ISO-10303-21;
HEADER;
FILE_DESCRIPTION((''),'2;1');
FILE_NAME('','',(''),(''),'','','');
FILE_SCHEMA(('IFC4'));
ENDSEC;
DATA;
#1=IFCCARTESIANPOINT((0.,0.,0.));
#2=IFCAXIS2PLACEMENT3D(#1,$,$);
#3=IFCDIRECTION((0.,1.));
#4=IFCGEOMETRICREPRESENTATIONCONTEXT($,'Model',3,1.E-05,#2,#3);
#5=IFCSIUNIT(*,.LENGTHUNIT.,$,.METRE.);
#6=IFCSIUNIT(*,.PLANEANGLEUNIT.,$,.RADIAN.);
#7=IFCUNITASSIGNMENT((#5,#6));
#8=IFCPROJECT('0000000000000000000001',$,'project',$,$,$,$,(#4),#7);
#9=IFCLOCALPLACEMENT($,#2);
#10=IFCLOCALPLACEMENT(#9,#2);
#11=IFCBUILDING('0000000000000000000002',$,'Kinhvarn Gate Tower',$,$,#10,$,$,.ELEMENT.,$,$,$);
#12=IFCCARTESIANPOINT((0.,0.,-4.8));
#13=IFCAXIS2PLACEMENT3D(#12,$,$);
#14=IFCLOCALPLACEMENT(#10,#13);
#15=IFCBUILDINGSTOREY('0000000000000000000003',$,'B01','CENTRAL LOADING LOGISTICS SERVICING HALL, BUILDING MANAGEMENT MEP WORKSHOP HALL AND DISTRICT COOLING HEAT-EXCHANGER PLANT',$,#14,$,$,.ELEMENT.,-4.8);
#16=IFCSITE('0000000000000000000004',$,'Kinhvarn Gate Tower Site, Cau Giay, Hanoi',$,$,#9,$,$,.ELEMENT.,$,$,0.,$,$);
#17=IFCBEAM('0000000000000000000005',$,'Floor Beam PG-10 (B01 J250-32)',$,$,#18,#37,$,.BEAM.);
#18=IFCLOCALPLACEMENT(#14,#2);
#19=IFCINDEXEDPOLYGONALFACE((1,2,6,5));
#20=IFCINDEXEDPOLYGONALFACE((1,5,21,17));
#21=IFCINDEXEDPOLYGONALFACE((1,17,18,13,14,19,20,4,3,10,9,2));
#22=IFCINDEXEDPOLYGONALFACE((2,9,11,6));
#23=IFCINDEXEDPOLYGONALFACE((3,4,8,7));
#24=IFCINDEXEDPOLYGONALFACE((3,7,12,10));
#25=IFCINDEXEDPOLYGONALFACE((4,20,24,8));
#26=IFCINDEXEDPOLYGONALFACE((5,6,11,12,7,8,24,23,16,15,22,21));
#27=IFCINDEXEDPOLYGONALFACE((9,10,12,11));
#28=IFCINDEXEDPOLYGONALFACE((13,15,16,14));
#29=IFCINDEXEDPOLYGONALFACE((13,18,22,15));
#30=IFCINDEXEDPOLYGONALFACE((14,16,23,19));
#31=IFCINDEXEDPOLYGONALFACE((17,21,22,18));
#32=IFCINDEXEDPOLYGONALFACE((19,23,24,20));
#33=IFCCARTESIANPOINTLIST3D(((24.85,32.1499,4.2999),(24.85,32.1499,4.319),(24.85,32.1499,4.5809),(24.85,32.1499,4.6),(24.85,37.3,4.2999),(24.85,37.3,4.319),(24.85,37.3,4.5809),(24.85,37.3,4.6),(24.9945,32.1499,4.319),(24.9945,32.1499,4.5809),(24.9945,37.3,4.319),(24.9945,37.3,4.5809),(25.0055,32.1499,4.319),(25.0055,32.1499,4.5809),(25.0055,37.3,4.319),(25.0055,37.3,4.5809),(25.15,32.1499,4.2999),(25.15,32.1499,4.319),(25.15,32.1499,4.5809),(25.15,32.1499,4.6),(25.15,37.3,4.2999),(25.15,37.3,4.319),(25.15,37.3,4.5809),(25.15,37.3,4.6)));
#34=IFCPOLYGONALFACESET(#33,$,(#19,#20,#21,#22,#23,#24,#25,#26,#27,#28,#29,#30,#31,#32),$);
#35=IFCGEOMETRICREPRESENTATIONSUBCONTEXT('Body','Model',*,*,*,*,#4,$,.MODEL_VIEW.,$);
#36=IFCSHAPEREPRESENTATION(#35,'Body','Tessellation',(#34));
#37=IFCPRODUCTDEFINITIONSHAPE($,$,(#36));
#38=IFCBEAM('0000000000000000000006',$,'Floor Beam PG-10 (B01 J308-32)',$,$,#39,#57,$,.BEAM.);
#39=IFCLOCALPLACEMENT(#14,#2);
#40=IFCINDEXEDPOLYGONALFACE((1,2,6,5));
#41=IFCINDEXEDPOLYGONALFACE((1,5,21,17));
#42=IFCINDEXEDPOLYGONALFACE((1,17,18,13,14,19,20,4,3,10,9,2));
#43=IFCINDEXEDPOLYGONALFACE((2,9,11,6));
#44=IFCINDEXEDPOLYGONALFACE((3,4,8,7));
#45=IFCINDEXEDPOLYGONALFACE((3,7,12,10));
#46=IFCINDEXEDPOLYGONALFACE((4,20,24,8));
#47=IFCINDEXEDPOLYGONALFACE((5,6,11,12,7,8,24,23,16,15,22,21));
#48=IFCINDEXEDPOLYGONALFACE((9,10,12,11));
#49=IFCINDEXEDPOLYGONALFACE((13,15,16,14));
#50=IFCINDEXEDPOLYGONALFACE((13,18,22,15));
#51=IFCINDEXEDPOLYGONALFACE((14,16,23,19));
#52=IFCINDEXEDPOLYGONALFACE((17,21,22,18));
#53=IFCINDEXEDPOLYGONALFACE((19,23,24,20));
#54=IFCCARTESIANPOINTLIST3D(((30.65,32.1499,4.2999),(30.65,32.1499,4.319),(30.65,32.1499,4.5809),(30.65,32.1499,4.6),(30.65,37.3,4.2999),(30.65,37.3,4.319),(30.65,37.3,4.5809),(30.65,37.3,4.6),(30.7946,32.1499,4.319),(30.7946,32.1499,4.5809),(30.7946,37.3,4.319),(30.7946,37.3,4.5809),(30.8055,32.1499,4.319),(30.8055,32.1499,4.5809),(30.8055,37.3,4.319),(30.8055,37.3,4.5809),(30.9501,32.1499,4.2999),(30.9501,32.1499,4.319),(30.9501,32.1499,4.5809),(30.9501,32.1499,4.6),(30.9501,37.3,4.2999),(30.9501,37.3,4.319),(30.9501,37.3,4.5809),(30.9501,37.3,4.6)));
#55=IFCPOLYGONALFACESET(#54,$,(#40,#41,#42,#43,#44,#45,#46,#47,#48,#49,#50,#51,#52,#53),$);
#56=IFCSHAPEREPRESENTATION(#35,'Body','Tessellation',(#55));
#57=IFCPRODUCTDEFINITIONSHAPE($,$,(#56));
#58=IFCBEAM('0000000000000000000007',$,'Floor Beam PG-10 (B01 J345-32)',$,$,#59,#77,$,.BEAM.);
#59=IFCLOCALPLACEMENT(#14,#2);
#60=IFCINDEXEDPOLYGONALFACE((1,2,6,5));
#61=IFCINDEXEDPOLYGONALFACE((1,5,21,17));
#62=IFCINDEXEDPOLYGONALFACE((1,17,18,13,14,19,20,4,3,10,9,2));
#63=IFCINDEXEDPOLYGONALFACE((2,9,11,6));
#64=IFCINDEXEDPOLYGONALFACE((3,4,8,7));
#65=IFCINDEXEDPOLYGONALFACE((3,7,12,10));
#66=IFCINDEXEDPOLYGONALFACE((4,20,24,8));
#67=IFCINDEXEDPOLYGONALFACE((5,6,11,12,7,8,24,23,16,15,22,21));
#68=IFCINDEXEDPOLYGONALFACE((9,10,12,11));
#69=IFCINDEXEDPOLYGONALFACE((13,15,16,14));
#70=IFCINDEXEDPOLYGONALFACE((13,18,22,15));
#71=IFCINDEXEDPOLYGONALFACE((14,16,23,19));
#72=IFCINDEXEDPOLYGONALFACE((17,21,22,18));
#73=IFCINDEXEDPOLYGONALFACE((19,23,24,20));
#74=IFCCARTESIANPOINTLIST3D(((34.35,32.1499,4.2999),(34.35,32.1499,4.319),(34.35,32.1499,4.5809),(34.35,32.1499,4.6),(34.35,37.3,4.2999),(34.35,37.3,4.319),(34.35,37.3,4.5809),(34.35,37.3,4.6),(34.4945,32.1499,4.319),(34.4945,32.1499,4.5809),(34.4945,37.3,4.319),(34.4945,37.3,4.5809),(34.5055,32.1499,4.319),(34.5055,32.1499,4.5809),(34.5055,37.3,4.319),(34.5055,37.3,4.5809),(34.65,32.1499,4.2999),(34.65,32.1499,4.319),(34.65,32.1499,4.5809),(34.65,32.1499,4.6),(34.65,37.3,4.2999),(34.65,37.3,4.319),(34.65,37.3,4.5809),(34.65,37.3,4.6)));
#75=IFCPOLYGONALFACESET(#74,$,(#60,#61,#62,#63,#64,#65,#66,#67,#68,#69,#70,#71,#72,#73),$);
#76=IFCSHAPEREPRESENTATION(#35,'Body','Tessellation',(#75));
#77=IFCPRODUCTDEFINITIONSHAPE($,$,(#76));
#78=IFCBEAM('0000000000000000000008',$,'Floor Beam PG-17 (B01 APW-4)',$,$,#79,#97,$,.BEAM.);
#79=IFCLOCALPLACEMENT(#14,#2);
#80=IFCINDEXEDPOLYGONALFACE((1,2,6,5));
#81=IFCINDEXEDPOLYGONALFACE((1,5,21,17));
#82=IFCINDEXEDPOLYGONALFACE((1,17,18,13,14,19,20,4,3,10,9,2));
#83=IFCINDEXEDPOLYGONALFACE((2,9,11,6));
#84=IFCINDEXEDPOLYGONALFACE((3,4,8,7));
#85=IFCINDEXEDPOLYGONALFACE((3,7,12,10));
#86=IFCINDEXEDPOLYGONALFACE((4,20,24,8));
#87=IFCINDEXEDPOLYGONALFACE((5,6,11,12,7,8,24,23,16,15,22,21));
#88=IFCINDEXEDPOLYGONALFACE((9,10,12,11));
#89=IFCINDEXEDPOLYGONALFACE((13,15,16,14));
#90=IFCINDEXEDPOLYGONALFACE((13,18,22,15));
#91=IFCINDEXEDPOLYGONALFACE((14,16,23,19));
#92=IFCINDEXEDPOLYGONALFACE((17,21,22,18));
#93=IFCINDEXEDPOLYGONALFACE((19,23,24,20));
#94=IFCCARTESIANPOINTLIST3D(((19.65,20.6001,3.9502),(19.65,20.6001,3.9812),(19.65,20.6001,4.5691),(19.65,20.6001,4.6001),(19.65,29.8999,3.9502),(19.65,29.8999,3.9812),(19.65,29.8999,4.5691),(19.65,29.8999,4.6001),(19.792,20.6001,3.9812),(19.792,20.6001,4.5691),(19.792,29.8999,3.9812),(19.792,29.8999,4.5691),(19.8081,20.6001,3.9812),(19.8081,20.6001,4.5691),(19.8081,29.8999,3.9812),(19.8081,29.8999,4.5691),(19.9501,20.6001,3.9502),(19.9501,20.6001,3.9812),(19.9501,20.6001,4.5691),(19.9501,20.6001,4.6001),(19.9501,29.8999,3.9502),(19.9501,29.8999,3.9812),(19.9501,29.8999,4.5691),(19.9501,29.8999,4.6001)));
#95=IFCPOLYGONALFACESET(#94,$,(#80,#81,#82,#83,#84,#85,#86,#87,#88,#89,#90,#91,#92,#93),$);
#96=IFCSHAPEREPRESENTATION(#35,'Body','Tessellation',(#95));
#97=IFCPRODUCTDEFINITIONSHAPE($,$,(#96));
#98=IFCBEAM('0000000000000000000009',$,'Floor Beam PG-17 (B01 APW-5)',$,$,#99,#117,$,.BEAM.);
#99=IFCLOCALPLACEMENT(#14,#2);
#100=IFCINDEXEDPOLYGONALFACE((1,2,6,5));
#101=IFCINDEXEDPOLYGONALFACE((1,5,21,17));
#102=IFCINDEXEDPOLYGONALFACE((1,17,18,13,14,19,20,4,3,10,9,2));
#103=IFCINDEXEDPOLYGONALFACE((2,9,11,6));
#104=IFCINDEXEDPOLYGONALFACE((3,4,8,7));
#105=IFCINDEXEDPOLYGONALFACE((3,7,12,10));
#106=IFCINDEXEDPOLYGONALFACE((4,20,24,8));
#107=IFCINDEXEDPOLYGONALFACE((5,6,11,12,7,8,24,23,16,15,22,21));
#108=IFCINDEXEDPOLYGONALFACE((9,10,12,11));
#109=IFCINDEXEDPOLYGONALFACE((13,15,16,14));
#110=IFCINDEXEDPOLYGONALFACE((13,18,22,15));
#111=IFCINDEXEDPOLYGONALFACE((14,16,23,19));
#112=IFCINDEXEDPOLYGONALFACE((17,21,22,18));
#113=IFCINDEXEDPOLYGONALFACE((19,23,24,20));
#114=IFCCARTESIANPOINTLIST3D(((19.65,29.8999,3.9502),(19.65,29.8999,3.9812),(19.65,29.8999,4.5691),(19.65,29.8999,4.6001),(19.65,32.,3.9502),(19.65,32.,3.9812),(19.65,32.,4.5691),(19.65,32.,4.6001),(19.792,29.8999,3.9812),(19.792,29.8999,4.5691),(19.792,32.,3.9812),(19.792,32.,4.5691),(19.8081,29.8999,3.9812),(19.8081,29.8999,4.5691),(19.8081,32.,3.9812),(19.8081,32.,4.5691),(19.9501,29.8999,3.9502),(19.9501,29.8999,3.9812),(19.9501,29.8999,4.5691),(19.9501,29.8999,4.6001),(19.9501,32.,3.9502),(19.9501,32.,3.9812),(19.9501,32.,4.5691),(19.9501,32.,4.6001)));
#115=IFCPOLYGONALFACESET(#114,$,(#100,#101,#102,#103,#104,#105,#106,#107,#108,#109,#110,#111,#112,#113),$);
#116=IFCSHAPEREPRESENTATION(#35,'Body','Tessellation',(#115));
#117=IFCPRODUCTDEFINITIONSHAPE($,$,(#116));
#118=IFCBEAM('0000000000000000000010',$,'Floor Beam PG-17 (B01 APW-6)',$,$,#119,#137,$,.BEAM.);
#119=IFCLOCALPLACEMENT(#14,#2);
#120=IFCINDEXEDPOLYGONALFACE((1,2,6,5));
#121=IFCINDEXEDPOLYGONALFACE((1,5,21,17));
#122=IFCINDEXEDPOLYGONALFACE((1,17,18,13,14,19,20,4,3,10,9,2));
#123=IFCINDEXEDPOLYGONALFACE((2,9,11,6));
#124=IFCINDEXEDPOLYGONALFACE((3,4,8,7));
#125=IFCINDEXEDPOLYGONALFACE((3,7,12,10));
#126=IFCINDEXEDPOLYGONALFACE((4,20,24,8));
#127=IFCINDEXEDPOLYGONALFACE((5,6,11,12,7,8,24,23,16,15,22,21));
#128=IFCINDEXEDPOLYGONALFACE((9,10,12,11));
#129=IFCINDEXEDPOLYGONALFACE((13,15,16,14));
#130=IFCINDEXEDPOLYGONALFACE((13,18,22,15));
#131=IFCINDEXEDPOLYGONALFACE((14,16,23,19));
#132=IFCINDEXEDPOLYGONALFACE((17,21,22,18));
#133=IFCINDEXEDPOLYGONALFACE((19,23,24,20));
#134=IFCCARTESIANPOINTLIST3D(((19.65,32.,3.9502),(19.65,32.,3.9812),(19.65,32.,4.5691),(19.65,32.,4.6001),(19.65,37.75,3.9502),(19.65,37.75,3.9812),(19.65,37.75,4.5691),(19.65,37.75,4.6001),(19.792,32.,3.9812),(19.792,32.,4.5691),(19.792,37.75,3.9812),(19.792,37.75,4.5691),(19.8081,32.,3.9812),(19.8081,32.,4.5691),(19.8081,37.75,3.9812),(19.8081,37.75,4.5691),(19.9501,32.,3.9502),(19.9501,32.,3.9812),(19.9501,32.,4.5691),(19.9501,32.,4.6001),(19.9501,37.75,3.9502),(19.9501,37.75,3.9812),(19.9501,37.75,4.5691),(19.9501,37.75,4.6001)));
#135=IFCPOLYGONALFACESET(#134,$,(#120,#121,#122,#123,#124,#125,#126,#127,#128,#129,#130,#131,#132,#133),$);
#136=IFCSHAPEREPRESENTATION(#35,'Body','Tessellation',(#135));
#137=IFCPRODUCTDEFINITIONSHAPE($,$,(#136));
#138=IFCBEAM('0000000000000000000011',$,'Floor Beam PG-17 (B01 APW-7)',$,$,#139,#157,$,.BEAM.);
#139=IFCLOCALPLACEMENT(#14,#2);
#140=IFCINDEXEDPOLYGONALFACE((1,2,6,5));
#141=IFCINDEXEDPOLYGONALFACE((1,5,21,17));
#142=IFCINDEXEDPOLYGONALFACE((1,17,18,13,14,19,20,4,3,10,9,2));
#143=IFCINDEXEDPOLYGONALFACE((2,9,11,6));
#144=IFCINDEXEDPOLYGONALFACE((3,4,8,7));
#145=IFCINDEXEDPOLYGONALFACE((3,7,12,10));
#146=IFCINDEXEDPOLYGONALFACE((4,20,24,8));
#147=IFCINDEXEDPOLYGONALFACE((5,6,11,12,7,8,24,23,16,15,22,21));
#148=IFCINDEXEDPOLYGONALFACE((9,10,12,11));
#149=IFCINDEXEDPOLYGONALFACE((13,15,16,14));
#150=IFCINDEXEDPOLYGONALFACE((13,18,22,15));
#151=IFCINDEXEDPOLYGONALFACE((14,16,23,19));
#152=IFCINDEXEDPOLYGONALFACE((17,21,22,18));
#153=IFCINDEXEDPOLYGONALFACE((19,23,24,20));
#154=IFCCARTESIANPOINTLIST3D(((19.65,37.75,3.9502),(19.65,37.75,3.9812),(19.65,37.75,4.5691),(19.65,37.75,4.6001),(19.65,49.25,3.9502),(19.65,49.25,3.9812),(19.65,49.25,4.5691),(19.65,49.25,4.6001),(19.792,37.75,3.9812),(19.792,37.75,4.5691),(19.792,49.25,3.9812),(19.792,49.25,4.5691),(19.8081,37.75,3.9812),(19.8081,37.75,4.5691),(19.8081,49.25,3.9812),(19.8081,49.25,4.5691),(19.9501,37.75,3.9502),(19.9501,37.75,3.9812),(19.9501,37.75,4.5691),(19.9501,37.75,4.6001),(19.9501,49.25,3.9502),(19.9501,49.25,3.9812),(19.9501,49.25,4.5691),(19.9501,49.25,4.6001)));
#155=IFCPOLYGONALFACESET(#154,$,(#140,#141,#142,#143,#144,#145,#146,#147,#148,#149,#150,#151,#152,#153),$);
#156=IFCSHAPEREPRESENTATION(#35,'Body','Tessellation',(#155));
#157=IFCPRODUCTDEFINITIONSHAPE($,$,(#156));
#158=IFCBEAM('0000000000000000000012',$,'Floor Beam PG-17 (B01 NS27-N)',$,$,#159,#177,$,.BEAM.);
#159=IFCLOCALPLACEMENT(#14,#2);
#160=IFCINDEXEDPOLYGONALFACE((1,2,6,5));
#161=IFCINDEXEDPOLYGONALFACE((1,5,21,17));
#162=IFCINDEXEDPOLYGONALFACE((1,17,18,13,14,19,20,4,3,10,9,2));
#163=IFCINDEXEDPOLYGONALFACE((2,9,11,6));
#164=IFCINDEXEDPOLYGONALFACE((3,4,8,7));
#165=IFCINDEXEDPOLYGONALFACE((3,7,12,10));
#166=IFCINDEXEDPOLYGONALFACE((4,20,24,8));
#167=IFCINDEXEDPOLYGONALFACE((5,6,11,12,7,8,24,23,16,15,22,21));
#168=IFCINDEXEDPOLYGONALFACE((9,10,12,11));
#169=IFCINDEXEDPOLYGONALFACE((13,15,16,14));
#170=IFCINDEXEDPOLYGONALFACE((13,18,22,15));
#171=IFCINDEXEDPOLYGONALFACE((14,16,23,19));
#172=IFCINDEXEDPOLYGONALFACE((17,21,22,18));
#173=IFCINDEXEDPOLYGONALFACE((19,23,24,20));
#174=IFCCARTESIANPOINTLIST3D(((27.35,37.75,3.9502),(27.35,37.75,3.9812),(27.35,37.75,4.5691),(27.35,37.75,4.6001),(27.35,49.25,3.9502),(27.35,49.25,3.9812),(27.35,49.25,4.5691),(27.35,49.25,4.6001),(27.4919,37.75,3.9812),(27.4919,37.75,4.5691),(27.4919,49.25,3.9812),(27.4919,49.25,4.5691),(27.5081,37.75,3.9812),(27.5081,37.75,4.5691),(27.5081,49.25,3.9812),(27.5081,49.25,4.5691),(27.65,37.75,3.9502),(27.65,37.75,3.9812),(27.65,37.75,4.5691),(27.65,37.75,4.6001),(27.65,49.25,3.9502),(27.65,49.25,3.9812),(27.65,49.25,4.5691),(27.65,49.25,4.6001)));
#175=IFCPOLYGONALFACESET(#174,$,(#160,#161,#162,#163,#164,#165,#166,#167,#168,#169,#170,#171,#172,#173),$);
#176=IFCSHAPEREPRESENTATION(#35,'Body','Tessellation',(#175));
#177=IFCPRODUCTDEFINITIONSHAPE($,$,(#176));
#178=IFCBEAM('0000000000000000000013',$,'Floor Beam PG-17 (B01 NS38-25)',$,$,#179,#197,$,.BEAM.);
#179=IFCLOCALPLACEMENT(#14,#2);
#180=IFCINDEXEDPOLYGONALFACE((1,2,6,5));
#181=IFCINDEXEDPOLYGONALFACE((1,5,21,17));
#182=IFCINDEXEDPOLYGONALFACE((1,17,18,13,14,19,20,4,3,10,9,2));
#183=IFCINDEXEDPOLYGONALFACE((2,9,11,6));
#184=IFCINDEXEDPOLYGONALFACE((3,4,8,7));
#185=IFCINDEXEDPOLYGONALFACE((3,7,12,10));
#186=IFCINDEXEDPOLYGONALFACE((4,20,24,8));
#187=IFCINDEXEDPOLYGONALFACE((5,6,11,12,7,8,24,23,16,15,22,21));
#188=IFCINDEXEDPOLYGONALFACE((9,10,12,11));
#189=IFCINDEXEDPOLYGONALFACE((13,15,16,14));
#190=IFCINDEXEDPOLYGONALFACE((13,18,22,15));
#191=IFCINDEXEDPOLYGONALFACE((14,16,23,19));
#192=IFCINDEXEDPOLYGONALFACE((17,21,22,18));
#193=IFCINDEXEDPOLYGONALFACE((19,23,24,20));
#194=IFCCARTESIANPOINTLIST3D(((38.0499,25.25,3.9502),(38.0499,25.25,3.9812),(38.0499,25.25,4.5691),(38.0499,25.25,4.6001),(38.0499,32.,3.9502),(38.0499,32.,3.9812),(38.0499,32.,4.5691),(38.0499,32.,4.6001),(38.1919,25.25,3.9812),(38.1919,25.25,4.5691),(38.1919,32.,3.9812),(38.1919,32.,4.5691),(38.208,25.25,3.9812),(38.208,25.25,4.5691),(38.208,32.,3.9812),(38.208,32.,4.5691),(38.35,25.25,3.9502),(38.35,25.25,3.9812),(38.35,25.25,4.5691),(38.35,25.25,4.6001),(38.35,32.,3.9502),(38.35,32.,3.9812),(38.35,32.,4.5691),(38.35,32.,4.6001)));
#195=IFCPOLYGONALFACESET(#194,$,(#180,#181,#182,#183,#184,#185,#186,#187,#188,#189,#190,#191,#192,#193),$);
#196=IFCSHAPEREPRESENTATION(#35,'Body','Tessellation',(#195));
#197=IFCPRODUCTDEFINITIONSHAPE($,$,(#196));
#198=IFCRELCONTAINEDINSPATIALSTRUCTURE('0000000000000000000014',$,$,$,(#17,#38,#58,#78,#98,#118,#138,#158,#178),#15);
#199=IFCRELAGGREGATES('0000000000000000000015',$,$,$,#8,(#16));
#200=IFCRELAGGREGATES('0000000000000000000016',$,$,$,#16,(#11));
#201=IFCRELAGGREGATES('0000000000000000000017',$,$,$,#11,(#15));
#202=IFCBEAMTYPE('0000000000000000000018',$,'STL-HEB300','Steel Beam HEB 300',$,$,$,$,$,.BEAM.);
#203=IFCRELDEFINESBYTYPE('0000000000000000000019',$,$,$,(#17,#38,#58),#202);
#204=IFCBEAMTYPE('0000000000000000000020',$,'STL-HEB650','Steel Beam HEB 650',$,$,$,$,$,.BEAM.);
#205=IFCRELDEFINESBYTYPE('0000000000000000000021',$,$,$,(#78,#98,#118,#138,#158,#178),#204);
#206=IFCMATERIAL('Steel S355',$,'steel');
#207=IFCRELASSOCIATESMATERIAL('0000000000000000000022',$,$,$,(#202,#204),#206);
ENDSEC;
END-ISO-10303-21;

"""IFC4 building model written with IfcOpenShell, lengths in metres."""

from ifc_helpers import new_model, si_unit, direction, frame, origin, origin_2d, place, context, subcontext, project, spatial, i_section, extrude, material, material_profile, profile_set, type_object, element, save


model = new_model("IFC4")

# Units and contexts
model_context = context("Model", 3, precision=1e-05, world=origin(), true_north=direction((0.0, 1.0)))
body_context = subcontext(model_context, "Body", "Model", "MODEL_VIEW")
ifc_project = project(units=[si_unit("LENGTHUNIT", "METRE"), si_unit("PLANEANGLEUNIT", "RADIAN")], contexts=[model_context])

# Site, building, storey
site_placement = place(None, origin())
site = spatial("IfcSite", under=ifc_project, at=site_placement, Name="Kinhvarn Gate Tower Site, Cau Giay, Hanoi", CompositionType="ELEMENT", RefElevation=0.0)
building_placement = place(site_placement, origin())
building = spatial("IfcBuilding", under=site, at=building_placement, Name="Kinhvarn Gate Tower", CompositionType="ELEMENT")
storey_placement = place(building_placement, frame((0.0, 0.0, -4.8)))
storey = spatial("IfcBuildingStorey", under=building, at=storey_placement, Name="B01", Description="CENTRAL LOADING LOGISTICS SERVICING HALL, BUILDING MANAGEMENT MEP WORKSHOP HALL AND DISTRICT COOLING HEAT-EXCHANGER PLANT", CompositionType="ELEMENT", Elevation=-4.8)

# Beams
ifc_material_1 = material(Name="Steel S355", Category="steel")
ifc_material_profile_1 = material_profile(ifc_material_1, i_section(OverallWidth=0.3, OverallDepth=0.3, WebThickness=0.011, FlangeThickness=0.019, at=origin_2d()), Name="HEB 300")
ifc_profile_set_1 = profile_set([ifc_material_profile_1], Name="Steel S355")
beam_type_1 = type_object("IfcBeamType", Name="STL-HEB300", Description="Steel Beam HEB 300", PredefinedType="BEAM", material=ifc_profile_set_1)
for number, where, z_axis, x_axis, name in (
    (1, (25.0, 32.1499, 4.45), (0.0, 1.0, 0.0), (-1.0, 0.0, 0.0), "Floor Beam PG-10 (B01 J250-32)"),
    (2, (30.8, 32.1499, 4.45), (0.0, 1.0, 0.0), (-1.0, 0.0, 0.0), "Floor Beam PG-10 (B01 J308-32)"),
    (3, (34.5, 32.1499, 4.45), (0.0, 1.0, 0.0), (-1.0, 0.0, 0.0), "Floor Beam PG-10 (B01 J345-32)"),
):
    element("IfcBeam", number, at=place(storey_placement, frame(where, z_axis=z_axis, x_axis=x_axis)), inside=storey, type_object=beam_type_1, Name=name, PredefinedType="BEAM", context=body_context, shape_type="SweptSolid", body=[
        extrude(i_section(OverallWidth=0.3, OverallDepth=0.3, WebThickness=0.011, FlangeThickness=0.019, at=origin_2d()), origin(), (0.0, 0.0, 1.0), 5.1501),
    ])
ifc_material_profile_2 = material_profile(ifc_material_1, i_section(OverallWidth=0.3, OverallDepth=0.6499, WebThickness=0.0161, FlangeThickness=0.031, at=origin_2d()), Name="HEB 650")
ifc_profile_set_2 = profile_set([ifc_material_profile_2], Name="Steel S355")
beam_type_2 = type_object("IfcBeamType", Name="STL-HEB650", Description="Steel Beam HEB 650", PredefinedType="BEAM", material=ifc_profile_set_2)
beam_1_placement = place(storey_placement, frame((19.8, 20.6001, 4.2751), z_axis=(0.0, 1.0, 0.0), x_axis=(-1.0, 0.0, 0.0)))
element("IfcBeam", 4, at=beam_1_placement, inside=storey, type_object=beam_type_2, Name="Floor Beam PG-17 (B01 APW-4)", PredefinedType="BEAM", context=body_context, shape_type="SweptSolid", body=[
    extrude(i_section(OverallWidth=0.3, OverallDepth=0.6499, WebThickness=0.0161, FlangeThickness=0.031, at=origin_2d()), origin(), (0.0, 0.0, 1.0), 9.2998),
])
beam_2_placement = place(storey_placement, frame((19.8, 29.8999, 4.2751), z_axis=(0.0, 1.0, 0.0), x_axis=(-1.0, 0.0, 0.0)))
element("IfcBeam", 5, at=beam_2_placement, inside=storey, type_object=beam_type_2, Name="Floor Beam PG-17 (B01 APW-5)", PredefinedType="BEAM", context=body_context, shape_type="SweptSolid", body=[
    extrude(i_section(OverallWidth=0.3, OverallDepth=0.6499, WebThickness=0.0161, FlangeThickness=0.031, at=origin_2d()), origin(), (0.0, 0.0, 1.0), 2.1001),
])
beam_3_placement = place(storey_placement, frame((19.8, 32.0, 4.2751), z_axis=(0.0, 1.0, 0.0), x_axis=(-1.0, 0.0, 0.0)))
element("IfcBeam", 6, at=beam_3_placement, inside=storey, type_object=beam_type_2, Name="Floor Beam PG-17 (B01 APW-6)", PredefinedType="BEAM", context=body_context, shape_type="SweptSolid", body=[
    extrude(i_section(OverallWidth=0.3, OverallDepth=0.6499, WebThickness=0.0161, FlangeThickness=0.031, at=origin_2d()), origin(), (0.0, 0.0, 1.0), 5.75),
])
for number, where, z_axis, x_axis, name in (
    (7, (19.8, 37.75, 4.2751), (0.0, 1.0, 0.0), (-1.0, 0.0, 0.0), "Floor Beam PG-17 (B01 APW-7)"),
    (8, (27.5, 37.75, 4.2751), (0.0, 1.0, 0.0), (-1.0, 0.0, 0.0), "Floor Beam PG-17 (B01 NS27-N)"),
):
    element("IfcBeam", number, at=place(storey_placement, frame(where, z_axis=z_axis, x_axis=x_axis)), inside=storey, type_object=beam_type_2, Name=name, PredefinedType="BEAM", context=body_context, shape_type="SweptSolid", body=[
        extrude(i_section(OverallWidth=0.3, OverallDepth=0.6499, WebThickness=0.0161, FlangeThickness=0.031, at=origin_2d()), origin(), (0.0, 0.0, 1.0), 11.5),
    ])
beam_4_placement = place(storey_placement, frame((38.2, 25.25, 4.2751), z_axis=(0.0, 1.0, 0.0), x_axis=(-1.0, 0.0, 0.0)))
element("IfcBeam", 9, at=beam_4_placement, inside=storey, type_object=beam_type_2, Name="Floor Beam PG-17 (B01 NS38-25)", PredefinedType="BEAM", context=body_context, shape_type="SweptSolid", body=[
    extrude(i_section(OverallWidth=0.3, OverallDepth=0.6499, WebThickness=0.0161, FlangeThickness=0.031, at=origin_2d()), origin(), (0.0, 0.0, 1.0), 6.75),
])

save(model, "model.ifc")
